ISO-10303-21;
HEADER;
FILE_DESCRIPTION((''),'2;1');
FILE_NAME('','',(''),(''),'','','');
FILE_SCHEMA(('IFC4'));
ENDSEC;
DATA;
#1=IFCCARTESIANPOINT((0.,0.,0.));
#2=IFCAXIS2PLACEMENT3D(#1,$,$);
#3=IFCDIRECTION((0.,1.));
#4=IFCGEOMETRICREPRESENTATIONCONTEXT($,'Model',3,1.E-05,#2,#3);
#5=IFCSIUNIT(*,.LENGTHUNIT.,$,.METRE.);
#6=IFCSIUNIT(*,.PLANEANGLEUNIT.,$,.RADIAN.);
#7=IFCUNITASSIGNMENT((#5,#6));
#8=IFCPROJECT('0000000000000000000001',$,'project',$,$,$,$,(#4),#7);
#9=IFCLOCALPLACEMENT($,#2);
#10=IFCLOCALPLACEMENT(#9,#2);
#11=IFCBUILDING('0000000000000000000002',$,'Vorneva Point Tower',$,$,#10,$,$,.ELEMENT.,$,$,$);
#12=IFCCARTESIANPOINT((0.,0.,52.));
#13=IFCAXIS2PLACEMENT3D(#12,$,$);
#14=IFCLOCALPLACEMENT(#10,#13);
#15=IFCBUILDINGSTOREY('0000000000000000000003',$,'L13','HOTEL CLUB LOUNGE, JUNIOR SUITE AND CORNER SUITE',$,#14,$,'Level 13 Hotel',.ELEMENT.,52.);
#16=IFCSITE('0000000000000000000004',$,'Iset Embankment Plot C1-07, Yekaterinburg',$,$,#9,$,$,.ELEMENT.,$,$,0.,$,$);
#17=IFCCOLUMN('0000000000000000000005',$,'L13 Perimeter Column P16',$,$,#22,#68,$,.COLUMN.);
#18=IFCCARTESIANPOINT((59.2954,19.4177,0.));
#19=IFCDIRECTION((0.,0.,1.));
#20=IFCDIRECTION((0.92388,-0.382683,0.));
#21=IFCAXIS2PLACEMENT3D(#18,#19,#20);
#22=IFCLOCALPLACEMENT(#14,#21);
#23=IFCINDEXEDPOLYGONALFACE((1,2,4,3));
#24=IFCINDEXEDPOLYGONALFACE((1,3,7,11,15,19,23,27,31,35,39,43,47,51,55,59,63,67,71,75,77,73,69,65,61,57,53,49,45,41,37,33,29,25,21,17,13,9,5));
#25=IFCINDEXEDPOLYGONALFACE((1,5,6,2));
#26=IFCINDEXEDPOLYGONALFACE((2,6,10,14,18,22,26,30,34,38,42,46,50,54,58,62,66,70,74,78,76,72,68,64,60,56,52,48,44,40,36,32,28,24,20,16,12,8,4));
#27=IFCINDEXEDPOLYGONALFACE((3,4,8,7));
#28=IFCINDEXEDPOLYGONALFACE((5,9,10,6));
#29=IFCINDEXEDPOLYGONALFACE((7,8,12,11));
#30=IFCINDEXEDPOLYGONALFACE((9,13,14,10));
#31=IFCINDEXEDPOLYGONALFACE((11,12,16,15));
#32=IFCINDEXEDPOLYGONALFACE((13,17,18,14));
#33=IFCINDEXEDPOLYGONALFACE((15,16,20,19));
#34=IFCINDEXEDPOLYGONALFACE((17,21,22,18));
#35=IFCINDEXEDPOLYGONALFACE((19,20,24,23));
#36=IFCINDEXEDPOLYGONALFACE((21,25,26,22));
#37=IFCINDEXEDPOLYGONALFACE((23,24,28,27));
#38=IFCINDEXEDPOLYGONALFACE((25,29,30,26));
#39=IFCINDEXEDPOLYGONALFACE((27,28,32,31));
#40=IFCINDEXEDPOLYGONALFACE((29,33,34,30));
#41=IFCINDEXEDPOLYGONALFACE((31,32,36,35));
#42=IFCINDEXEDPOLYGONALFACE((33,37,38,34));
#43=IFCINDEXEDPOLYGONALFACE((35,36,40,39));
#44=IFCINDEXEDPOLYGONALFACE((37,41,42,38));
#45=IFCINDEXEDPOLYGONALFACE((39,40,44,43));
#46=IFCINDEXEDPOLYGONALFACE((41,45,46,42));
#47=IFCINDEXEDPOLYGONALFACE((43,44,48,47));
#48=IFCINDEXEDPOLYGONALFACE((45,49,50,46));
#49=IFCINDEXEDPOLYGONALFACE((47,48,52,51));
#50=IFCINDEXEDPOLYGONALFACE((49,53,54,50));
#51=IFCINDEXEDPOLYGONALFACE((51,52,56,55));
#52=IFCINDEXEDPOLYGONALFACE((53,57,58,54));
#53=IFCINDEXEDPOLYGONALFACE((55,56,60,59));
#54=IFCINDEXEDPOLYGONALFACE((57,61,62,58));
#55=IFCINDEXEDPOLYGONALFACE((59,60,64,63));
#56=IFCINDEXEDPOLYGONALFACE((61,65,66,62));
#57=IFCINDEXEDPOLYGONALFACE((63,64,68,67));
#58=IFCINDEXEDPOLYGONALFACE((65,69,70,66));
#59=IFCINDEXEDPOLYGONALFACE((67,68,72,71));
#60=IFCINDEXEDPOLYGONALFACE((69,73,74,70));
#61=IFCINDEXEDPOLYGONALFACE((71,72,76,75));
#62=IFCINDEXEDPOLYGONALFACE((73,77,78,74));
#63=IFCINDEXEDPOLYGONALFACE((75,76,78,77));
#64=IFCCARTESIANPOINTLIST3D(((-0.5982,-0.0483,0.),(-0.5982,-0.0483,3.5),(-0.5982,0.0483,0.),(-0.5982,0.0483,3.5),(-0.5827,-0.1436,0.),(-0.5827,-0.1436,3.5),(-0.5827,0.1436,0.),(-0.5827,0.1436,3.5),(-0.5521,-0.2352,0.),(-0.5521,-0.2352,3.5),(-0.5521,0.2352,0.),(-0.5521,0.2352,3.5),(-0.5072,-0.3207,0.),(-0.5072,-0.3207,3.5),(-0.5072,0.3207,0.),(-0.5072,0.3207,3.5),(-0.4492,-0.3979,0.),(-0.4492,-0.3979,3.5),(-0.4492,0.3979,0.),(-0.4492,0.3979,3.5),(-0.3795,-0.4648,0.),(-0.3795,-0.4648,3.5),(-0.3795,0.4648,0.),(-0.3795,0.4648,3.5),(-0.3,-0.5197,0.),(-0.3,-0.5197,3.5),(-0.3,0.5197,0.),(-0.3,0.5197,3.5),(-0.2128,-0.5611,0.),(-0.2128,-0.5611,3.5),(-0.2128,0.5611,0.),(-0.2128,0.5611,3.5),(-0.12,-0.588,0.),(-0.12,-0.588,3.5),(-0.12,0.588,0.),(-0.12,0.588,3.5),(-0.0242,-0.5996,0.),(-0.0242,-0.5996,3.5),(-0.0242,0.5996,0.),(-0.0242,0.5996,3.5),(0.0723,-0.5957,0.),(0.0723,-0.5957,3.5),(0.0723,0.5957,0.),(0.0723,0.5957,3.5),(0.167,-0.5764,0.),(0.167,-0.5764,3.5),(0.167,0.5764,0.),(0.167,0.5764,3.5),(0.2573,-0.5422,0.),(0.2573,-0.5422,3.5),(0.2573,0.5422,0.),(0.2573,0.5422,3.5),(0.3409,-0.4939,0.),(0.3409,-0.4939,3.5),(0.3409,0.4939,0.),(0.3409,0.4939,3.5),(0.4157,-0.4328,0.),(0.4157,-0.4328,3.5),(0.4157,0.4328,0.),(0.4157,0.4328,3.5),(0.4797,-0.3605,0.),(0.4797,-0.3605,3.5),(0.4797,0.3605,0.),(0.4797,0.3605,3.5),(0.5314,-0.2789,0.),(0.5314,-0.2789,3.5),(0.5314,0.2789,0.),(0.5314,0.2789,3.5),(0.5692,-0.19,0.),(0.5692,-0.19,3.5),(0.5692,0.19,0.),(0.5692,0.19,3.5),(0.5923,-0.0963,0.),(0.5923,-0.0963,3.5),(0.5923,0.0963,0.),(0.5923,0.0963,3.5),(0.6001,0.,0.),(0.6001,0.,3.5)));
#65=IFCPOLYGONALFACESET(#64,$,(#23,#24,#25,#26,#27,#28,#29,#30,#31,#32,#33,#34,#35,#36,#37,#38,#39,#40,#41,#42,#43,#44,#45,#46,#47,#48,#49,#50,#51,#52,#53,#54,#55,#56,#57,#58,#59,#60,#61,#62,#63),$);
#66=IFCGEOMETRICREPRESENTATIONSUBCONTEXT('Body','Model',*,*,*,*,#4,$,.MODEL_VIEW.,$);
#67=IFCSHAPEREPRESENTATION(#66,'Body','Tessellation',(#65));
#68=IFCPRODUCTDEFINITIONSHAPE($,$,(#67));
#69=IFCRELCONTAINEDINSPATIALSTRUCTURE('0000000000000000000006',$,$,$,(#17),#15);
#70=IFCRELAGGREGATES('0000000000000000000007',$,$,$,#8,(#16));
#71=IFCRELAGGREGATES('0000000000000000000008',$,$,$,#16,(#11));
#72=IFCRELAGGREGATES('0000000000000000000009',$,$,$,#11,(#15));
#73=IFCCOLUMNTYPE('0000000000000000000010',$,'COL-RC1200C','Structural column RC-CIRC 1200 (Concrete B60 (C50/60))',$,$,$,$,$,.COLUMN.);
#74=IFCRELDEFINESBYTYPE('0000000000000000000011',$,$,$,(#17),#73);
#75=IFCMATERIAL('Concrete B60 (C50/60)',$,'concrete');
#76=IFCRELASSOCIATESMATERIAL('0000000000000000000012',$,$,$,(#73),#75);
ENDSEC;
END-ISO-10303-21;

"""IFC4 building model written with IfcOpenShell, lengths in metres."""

from ifc_helpers import new_model, si_unit, direction, frame, origin, origin_2d, place, context, subcontext, project, spatial, circle, extrude, material, material_profile, profile_set, type_object, element, save


model = new_model("IFC4")

# Units and contexts
model_context = context("Model", 3, precision=1e-05, world=origin(), true_north=direction((0.0, 1.0)))
body_context = subcontext(model_context, "Body", "Model", "MODEL_VIEW")
ifc_project = project(units=[si_unit("LENGTHUNIT", "METRE"), si_unit("PLANEANGLEUNIT", "RADIAN")], contexts=[model_context])

# Site, building, storey
site_placement = place(None, origin())
site = spatial("IfcSite", under=ifc_project, at=site_placement, Name="Iset Embankment Plot C1-07, Yekaterinburg", CompositionType="ELEMENT", RefElevation=0.0)
building_placement = place(site_placement, origin())
building = spatial("IfcBuilding", under=site, at=building_placement, Name="Vorneva Point Tower", CompositionType="ELEMENT")
storey_placement = place(building_placement, frame((0.0, 0.0, 52.0)))
storey = spatial("IfcBuildingStorey", under=building, at=storey_placement, Name="L13", Description="HOTEL CLUB LOUNGE, JUNIOR SUITE AND CORNER SUITE", LongName="Level 13 Hotel", CompositionType="ELEMENT", Elevation=52.0)

# Column
ifc_material_1 = material(Name="Concrete B60 (C50/60)", Category="concrete")
ifc_material_profile_1 = material_profile(ifc_material_1, circle(Radius=0.6001, at=origin_2d()), Name="RC-CIRC 1200")
ifc_profile_set_1 = profile_set([ifc_material_profile_1], Name="Concrete B60 (C50/60)")
column_type = type_object("IfcColumnType", Name="COL-RC1200C", Description="Structural column RC-CIRC 1200 (Concrete B60 (C50/60))", PredefinedType="COLUMN", material=ifc_profile_set_1)
for number, where, z_axis, x_axis, name in (
    (1, (59.2954, 19.4177, 0.0), (0.0, 0.0, 1.0), (0.92388, -0.382683, 0.0), "L13 Perimeter Column P16"),
):
    element("IfcColumn", number, at=place(storey_placement, frame(where, z_axis=z_axis, x_axis=x_axis)), inside=storey, type_object=column_type, Name=name, PredefinedType="COLUMN", context=body_context, shape_type="SweptSolid", body=[
        extrude(circle(Radius=0.6001, at=origin_2d()), origin(), (0.0, 0.0, 1.0), 3.5),
    ])

save(model, "model.ifc")
